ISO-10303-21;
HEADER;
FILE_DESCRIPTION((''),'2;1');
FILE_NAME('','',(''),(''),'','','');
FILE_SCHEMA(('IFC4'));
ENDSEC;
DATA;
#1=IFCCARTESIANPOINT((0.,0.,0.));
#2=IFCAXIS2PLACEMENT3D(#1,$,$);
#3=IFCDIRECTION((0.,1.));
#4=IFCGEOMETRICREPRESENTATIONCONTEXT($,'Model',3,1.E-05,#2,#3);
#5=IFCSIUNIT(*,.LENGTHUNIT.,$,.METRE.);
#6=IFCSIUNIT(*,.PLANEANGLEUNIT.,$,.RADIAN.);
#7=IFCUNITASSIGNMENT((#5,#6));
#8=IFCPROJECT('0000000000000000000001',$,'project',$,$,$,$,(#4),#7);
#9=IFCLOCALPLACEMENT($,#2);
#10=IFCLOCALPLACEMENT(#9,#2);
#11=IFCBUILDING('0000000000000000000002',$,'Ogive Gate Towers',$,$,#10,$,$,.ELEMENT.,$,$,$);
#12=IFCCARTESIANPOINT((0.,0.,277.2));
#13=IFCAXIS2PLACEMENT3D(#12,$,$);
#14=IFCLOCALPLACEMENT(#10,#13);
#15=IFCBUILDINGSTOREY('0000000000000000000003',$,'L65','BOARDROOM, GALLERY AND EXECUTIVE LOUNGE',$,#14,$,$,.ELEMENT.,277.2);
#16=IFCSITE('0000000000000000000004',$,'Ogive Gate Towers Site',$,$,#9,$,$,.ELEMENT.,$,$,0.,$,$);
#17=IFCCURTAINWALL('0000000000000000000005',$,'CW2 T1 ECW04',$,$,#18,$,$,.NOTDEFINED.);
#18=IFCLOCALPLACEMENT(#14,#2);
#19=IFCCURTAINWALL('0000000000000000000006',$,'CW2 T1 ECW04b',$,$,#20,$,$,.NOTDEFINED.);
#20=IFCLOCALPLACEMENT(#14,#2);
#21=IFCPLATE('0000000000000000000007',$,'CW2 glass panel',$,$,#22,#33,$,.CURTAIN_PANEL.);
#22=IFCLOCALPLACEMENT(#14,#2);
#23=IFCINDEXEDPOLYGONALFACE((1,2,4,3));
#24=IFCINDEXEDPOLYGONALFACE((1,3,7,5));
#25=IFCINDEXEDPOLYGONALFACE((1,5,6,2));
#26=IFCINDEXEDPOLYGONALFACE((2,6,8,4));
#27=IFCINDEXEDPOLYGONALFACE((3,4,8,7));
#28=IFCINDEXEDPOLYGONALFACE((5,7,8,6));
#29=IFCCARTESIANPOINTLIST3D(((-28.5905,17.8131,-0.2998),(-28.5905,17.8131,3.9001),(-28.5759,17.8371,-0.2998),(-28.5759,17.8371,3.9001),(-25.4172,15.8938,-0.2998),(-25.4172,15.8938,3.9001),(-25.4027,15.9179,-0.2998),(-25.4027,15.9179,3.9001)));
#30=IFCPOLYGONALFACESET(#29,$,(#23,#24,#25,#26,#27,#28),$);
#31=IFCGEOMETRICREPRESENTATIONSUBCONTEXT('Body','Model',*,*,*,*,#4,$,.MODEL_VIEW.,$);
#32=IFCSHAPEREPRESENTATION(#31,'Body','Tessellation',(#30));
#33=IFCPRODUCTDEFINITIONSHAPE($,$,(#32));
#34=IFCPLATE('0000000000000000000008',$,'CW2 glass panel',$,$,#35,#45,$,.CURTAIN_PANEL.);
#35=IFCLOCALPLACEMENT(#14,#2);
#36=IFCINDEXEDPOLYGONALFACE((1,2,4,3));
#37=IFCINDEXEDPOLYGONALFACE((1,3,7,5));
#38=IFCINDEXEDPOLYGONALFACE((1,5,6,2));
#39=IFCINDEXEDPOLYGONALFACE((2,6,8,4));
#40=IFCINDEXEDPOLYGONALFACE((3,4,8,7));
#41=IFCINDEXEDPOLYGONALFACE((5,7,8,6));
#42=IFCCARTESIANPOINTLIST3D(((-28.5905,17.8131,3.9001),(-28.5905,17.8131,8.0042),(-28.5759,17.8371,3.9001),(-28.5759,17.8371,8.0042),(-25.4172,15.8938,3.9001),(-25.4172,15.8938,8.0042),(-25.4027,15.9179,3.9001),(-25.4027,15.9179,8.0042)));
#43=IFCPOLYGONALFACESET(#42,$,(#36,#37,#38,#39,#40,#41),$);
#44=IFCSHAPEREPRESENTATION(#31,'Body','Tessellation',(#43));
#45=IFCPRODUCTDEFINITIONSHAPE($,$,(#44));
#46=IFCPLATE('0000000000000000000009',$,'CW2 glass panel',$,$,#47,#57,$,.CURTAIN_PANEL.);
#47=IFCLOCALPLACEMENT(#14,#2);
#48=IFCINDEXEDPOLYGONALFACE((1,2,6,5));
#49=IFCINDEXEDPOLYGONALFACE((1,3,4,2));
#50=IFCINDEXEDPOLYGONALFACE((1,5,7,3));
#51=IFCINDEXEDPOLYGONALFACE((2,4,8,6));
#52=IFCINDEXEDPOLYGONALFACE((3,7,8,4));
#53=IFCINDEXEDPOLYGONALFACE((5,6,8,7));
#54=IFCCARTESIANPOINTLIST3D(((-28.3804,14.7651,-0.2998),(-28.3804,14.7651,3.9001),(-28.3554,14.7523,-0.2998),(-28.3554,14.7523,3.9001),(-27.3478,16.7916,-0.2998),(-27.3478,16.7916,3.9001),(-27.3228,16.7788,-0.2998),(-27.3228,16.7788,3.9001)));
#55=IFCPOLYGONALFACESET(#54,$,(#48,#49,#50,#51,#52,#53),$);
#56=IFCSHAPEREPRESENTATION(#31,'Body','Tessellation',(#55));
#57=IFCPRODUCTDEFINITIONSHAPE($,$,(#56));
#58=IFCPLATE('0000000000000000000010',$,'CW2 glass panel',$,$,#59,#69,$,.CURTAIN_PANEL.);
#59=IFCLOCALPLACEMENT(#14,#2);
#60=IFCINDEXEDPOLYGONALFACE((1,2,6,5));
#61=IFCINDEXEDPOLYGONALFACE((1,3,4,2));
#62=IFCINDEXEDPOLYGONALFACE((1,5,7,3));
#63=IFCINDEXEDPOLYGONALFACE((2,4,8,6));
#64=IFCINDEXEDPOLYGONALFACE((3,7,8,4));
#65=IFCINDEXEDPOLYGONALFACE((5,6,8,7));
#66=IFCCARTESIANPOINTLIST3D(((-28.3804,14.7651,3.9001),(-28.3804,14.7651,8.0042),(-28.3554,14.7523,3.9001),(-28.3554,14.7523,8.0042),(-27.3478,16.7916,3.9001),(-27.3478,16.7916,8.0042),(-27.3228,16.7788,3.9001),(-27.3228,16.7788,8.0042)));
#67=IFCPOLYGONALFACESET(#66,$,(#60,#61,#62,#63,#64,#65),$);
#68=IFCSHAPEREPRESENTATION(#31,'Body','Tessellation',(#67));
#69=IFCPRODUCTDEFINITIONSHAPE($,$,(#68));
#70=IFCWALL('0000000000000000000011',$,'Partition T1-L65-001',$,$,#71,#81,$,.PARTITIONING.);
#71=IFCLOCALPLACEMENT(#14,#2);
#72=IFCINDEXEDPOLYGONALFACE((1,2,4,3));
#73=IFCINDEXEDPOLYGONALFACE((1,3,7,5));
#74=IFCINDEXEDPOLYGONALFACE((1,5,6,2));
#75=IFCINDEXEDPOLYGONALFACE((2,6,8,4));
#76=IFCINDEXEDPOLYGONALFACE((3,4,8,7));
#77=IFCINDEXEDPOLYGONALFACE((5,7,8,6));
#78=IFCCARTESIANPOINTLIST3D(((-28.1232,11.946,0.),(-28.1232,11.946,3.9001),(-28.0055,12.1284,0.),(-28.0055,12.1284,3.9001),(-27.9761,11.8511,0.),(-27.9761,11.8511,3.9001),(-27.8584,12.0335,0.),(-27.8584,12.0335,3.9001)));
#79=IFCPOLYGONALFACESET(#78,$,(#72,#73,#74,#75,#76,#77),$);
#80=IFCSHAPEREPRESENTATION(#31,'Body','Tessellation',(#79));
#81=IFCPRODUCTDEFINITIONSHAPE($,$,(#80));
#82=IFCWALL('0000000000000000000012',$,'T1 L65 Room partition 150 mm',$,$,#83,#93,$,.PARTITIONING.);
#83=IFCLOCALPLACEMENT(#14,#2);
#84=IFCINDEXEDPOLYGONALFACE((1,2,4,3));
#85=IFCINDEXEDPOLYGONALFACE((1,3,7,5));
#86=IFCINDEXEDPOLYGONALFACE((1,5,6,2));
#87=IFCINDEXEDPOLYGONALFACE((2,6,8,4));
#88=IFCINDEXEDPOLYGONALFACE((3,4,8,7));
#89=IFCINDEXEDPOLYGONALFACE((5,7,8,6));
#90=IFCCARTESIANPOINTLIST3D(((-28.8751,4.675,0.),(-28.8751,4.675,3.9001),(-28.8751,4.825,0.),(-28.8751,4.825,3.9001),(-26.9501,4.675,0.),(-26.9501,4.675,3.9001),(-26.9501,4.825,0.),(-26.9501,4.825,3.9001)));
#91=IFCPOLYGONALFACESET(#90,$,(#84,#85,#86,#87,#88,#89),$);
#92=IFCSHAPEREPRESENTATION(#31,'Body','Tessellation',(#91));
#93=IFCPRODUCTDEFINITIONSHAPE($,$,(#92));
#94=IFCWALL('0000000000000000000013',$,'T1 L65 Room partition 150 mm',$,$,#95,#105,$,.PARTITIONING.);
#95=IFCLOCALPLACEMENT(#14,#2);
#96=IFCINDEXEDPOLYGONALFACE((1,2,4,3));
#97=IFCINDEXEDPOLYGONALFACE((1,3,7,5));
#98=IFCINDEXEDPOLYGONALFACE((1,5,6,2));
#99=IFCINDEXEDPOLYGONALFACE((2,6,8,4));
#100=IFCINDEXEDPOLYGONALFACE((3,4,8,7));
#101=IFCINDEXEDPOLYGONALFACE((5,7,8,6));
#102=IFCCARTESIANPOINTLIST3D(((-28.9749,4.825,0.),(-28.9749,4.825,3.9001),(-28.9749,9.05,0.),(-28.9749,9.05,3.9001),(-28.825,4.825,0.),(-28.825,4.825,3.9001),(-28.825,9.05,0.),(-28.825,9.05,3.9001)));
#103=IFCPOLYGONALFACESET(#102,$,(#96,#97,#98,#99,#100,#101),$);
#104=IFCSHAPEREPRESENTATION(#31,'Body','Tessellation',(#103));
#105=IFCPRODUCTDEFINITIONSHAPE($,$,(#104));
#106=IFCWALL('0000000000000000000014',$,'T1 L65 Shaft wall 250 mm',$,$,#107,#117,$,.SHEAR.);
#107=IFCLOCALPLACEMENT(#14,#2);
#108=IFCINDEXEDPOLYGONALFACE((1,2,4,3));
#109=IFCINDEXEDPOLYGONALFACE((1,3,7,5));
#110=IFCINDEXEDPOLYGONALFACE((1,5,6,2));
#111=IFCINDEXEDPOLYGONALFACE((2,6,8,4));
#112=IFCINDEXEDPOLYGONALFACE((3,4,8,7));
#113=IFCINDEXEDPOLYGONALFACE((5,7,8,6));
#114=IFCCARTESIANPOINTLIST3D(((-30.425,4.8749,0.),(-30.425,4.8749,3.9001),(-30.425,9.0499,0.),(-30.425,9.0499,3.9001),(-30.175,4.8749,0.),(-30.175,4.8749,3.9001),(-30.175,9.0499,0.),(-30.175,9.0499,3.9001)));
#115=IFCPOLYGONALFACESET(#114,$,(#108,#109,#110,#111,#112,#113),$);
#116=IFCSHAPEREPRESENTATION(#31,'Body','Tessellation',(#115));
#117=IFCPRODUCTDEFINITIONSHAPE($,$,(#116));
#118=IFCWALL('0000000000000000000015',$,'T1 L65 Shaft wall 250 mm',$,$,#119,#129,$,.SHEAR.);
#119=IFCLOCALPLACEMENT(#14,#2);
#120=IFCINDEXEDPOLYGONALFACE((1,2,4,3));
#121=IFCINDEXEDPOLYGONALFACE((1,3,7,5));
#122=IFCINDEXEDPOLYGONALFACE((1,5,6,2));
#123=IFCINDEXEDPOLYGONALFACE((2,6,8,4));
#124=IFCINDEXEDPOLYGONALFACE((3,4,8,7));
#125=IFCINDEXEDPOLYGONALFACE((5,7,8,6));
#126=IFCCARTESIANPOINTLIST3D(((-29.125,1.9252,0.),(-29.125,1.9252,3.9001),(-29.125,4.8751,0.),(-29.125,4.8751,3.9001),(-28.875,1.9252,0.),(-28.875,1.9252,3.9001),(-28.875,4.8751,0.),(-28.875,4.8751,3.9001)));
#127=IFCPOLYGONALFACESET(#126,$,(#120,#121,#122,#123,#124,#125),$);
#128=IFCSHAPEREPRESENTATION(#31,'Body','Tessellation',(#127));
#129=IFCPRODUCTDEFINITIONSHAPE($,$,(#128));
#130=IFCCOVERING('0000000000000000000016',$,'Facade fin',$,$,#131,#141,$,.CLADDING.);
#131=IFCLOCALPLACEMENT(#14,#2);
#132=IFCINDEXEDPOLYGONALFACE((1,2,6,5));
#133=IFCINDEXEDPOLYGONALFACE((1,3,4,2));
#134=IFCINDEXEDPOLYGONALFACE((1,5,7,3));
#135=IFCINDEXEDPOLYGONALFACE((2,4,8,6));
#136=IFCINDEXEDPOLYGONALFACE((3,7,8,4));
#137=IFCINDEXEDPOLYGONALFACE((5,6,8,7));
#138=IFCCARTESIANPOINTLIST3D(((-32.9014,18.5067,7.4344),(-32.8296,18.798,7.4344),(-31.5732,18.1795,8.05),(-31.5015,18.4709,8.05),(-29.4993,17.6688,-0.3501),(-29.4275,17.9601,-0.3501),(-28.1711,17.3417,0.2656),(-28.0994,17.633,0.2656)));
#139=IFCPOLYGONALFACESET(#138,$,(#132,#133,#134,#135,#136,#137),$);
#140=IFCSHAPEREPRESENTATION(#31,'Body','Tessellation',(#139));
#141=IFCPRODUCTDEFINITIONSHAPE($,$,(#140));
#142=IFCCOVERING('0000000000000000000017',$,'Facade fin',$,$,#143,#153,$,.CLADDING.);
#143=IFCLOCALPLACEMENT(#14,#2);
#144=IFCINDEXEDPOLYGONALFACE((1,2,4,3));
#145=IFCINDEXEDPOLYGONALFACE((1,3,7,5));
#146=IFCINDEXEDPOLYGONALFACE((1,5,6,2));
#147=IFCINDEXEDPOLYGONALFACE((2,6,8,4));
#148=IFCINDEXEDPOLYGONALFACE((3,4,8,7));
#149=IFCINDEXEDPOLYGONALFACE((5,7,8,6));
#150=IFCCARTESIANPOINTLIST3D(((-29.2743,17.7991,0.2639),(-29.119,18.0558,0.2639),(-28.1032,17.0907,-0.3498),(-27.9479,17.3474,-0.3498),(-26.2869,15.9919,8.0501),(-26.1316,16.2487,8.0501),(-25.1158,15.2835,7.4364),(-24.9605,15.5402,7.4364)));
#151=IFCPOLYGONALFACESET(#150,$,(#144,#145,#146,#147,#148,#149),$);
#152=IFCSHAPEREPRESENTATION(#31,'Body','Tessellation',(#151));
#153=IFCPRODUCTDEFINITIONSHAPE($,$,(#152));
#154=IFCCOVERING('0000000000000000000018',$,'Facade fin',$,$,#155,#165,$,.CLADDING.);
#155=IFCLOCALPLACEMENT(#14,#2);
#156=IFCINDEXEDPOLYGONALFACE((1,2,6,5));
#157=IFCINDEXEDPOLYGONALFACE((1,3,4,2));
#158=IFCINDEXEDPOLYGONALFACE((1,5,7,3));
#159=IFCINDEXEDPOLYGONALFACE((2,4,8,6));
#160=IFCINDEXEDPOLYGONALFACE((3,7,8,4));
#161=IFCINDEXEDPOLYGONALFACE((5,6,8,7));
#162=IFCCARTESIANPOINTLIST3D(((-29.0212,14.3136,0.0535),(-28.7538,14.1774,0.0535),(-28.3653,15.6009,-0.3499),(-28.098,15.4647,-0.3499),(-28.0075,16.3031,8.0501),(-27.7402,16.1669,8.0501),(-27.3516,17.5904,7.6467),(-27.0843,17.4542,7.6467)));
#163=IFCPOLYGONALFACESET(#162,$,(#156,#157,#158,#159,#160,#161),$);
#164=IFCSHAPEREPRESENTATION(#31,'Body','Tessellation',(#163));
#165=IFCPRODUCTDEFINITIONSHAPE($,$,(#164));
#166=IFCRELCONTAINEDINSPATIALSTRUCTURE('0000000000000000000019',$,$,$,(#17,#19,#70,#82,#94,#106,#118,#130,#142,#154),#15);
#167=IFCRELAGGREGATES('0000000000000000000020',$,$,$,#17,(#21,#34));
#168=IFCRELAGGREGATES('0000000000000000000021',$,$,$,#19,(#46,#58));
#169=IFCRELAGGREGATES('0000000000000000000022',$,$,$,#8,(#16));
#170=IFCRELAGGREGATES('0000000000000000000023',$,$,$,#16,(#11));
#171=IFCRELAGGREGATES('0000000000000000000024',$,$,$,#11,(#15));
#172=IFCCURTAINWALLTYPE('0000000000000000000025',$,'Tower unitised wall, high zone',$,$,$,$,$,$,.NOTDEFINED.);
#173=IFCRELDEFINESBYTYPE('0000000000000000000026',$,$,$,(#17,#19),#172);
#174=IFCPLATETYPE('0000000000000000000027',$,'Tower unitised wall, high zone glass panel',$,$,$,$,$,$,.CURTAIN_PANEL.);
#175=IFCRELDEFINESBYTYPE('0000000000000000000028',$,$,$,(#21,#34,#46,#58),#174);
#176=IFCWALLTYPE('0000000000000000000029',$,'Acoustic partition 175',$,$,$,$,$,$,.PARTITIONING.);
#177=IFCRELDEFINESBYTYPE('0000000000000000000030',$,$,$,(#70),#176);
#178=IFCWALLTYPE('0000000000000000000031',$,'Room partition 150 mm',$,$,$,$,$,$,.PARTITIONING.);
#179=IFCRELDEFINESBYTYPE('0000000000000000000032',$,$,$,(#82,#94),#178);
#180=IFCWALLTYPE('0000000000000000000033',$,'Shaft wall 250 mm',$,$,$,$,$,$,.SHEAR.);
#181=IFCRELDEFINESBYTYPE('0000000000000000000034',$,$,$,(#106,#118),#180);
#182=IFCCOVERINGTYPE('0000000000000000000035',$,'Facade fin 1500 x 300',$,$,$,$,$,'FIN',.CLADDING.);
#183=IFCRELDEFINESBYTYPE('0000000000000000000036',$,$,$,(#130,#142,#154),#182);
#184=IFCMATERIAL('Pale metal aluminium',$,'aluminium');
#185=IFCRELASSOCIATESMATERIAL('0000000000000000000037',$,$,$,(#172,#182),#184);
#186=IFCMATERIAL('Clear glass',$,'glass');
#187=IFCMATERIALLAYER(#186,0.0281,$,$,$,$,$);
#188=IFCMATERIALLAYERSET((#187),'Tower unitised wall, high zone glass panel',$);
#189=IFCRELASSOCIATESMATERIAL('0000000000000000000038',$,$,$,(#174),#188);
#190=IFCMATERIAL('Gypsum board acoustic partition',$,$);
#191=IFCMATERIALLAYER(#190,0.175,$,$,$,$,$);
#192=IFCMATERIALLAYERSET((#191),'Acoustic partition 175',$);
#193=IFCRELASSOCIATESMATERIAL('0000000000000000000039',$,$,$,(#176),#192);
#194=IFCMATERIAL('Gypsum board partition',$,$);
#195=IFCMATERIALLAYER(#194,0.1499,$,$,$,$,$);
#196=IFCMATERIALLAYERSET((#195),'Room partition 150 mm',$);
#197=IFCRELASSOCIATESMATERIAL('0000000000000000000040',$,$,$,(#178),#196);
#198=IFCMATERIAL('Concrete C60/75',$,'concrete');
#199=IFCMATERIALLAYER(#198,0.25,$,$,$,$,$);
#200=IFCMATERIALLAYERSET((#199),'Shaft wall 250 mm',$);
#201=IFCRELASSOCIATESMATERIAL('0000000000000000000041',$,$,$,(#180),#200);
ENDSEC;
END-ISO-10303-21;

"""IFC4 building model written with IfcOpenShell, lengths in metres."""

from ifc_helpers import new_model, si_unit, direction, frame, frame_2d, origin, origin_2d, place, context, subcontext, project, spatial, rectangle, extrude, material, layer, layer_set, material_profile, profile_set, type_object, element, aggregate, save


model = new_model("IFC4")

# Units and contexts
model_context = context("Model", 3, precision=1e-05, world=origin(), true_north=direction((0.0, 1.0)))
body_context = subcontext(model_context, "Body", "Model", "MODEL_VIEW")
ifc_project = project(units=[si_unit("LENGTHUNIT", "METRE"), si_unit("PLANEANGLEUNIT", "RADIAN")], contexts=[model_context])

# Site, building, storey
site_placement = place(None, origin())
site = spatial("IfcSite", under=ifc_project, at=site_placement, Name="Ogive Gate Towers Site", CompositionType="ELEMENT", RefElevation=0.0)
building_placement = place(site_placement, origin())
building = spatial("IfcBuilding", under=site, at=building_placement, Name="Ogive Gate Towers", CompositionType="ELEMENT")
storey_placement = place(building_placement, frame((0.0, 0.0, 277.2)))
storey = spatial("IfcBuildingStorey", under=building, at=storey_placement, Name="L65", Description="BOARDROOM, GALLERY AND EXECUTIVE LOUNGE", CompositionType="ELEMENT", Elevation=277.2)

# Curtain wall
ifc_material_1 = material(Name="Pale metal aluminium", Category="aluminium")
curtain_wall_type_1 = type_object("IfcCurtainWallType", Name="Tower unitised wall, high zone", PredefinedType="NOTDEFINED", material=ifc_material_1)
curtain_wall_1_placement = place(storey_placement, origin())
curtain_wall_1 = element("IfcCurtainWall", 1, at=curtain_wall_1_placement, inside=storey, type_object=curtain_wall_type_1, Name="CW2 T1 ECW04", PredefinedType="NOTDEFINED")

# Curtain wall
curtain_wall_2_placement = place(storey_placement, origin())
curtain_wall_2 = element("IfcCurtainWall", 2, at=curtain_wall_2_placement, inside=storey, type_object=curtain_wall_type_1, Name="CW2 T1 ECW04b", PredefinedType="NOTDEFINED")

# Plates
ifc_material_2 = material(Name="Clear glass", Category="glass")
ifc_layer_1 = layer(ifc_material_2, 0.0281)
ifc_layer_set_1 = layer_set([ifc_layer_1], Name="Tower unitised wall, high zone glass panel")
plate_type_1 = type_object("IfcPlateType", Name="Tower unitised wall, high zone glass panel", PredefinedType="CURTAIN_PANEL", material=ifc_layer_set_1)
plate_1_placement = place(storey_placement, frame((-26.9966, 16.8655, -0.2998), z_axis=(0.0, 0.0, 1.0), x_axis=(0.855662, -0.517534, 0.0)))
plate_1 = element("IfcPlate", 3, at=plate_1_placement, type_object=plate_type_1, Name="CW2 glass panel", PredefinedType="CURTAIN_PANEL", context=body_context, shape_type="SweptSolid", body=[
    extrude(rectangle(XDim=3.7085, YDim=0.0281, at=origin_2d()), origin(), (0.0, 0.0, 1.0), 4.2),
])
plate_2_placement = place(storey_placement, frame((-26.9966, 16.8655, 3.9001), z_axis=(0.0, 0.0, 1.0), x_axis=(0.855662, -0.517534, 0.0)))
plate_2 = element("IfcPlate", 4, at=plate_2_placement, type_object=plate_type_1, Name="CW2 glass panel", PredefinedType="CURTAIN_PANEL", context=body_context, shape_type="SweptSolid", body=[
    extrude(rectangle(XDim=3.7085, YDim=0.0281, at=origin_2d()), origin(), (0.0, 0.0, 1.0), 4.104),
])
aggregate(curtain_wall_1, [plate_1, plate_2])
plate_3_placement = place(storey_placement, frame((-27.8516, 15.772, -0.2998), z_axis=(0.0, 0.0, 1.0), x_axis=(-0.454006, -0.890999, 0.0)))
plate_3 = element("IfcPlate", 5, at=plate_3_placement, type_object=plate_type_1, Name="CW2 glass panel", PredefinedType="CURTAIN_PANEL", context=body_context, shape_type="SweptSolid", body=[
    extrude(rectangle(XDim=2.2744, YDim=0.0281, at=origin_2d()), origin(), (0.0, 0.0, 1.0), 4.2),
])
plate_4_placement = place(storey_placement, frame((-27.8516, 15.772, 3.9001), z_axis=(0.0, 0.0, 1.0), x_axis=(-0.454006, -0.890999, 0.0)))
plate_4 = element("IfcPlate", 6, at=plate_4_placement, type_object=plate_type_1, Name="CW2 glass panel", PredefinedType="CURTAIN_PANEL", context=body_context, shape_type="SweptSolid", body=[
    extrude(rectangle(XDim=2.2744, YDim=0.0281, at=origin_2d()), origin(), (0.0, 0.0, 1.0), 4.104),
])
aggregate(curtain_wall_2, [plate_3, plate_4])

# Walls
ifc_material_3 = material(Name="Gypsum board acoustic partition")
ifc_layer_2 = layer(ifc_material_3, 0.175)
ifc_layer_set_2 = layer_set([ifc_layer_2], Name="Acoustic partition 175")
wall_type_1 = type_object("IfcWallType", Name="Acoustic partition 175", PredefinedType="PARTITIONING", material=ifc_layer_set_2)
wall_1_placement = place(storey_placement, frame((-28.0496, 11.8987, 0.0), z_axis=(0.0, 0.0, 1.0), x_axis=(0.542178, 0.840264, 0.0)))
element("IfcWall", 7, at=wall_1_placement, inside=storey, type_object=wall_type_1, Name="Partition T1-L65-001", PredefinedType="PARTITIONING", context=body_context, shape_type="SweptSolid", body=[
    extrude(rectangle(XDim=0.217, YDim=0.175, at=frame_2d((0.1084, 0.0))), origin(), (0.0, 0.0, 1.0), 3.9001),
])
ifc_material_4 = material(Name="Gypsum board partition")
ifc_layer_3 = layer(ifc_material_4, 0.1499)
ifc_layer_set_3 = layer_set([ifc_layer_3], Name="Room partition 150 mm")
wall_type_2 = type_object("IfcWallType", Name="Room partition 150 mm", PredefinedType="PARTITIONING", material=ifc_layer_set_3)
wall_2_placement = place(storey_placement, frame((-28.875, 4.75, 0.0), z_axis=(0.0, 0.0, 1.0), x_axis=(1.0, 0.0, 0.0)))
element("IfcWall", 8, at=wall_2_placement, inside=storey, type_object=wall_type_2, Name="T1 L65 Room partition 150 mm", PredefinedType="PARTITIONING", context=body_context, shape_type="SweptSolid", body=[
    extrude(rectangle(XDim=1.925, YDim=0.1499, at=frame_2d((0.9624, 0.0))), origin(), (0.0, 0.0, 1.0), 3.9001),
])
wall_3_placement = place(storey_placement, frame((-28.8999, 4.825, 0.0), z_axis=(0.0, 0.0, 1.0), x_axis=(0.0, 1.0, 0.0)))
element("IfcWall", 9, at=wall_3_placement, inside=storey, type_object=wall_type_2, Name="T1 L65 Room partition 150 mm", PredefinedType="PARTITIONING", context=body_context, shape_type="SweptSolid", body=[
    extrude(rectangle(XDim=4.2251, YDim=0.1499, at=frame_2d((2.1125, 0.0))), origin(), (0.0, 0.0, 1.0), 3.9001),
])
ifc_material_5 = material(Name="Concrete C60/75", Category="concrete")
ifc_layer_4 = layer(ifc_material_5, 0.25)
ifc_layer_set_4 = layer_set([ifc_layer_4], Name="Shaft wall 250 mm")
wall_type_3 = type_object("IfcWallType", Name="Shaft wall 250 mm", PredefinedType="SHEAR", material=ifc_layer_set_4)
wall_4_placement = place(storey_placement, frame((-30.3, 4.875, 0.0), z_axis=(0.0, 0.0, 1.0), x_axis=(0.0, 1.0, 0.0)))
element("IfcWall", 10, at=wall_4_placement, inside=storey, type_object=wall_type_3, Name="T1 L65 Shaft wall 250 mm", PredefinedType="SHEAR", context=body_context, shape_type="SweptSolid", body=[
    extrude(rectangle(XDim=4.175, YDim=0.25, at=frame_2d((2.0874, 0.0))), origin(), (0.0, 0.0, 1.0), 3.9001),
])
wall_5_placement = place(storey_placement, frame((-29.0, 1.925, 0.0), z_axis=(0.0, 0.0, 1.0), x_axis=(0.0, 1.0, 0.0)))
element("IfcWall", 11, at=wall_5_placement, inside=storey, type_object=wall_type_3, Name="T1 L65 Shaft wall 250 mm", PredefinedType="SHEAR", context=body_context, shape_type="SweptSolid", body=[
    extrude(rectangle(XDim=2.95, YDim=0.25, at=frame_2d((1.4751, 0.0))), origin(), (0.0, 0.0, 1.0), 3.9001),
])

# Coverings
ifc_material_profile_1 = material_profile(ifc_material_1, rectangle(XDim=0.3, YDim=1.5, at=origin_2d()), Name="1500 x 300 pale metal aluminium")
ifc_profile_set_1 = profile_set([ifc_material_profile_1], Name="Pale metal aluminium")
covering_type = type_object("IfcCoveringType", Name="Facade fin 1500 x 300", ElementType="FIN", PredefinedType="CLADDING", material=ifc_profile_set_1)
covering_1_placement = place(storey_placement, frame((-28.7993, 17.6509, -0.0422), z_axis=(-0.398531, 0.098153, 0.911888), x_axis=(-0.23914, -0.970985, 0.0)))
element("IfcCovering", 12, at=covering_1_placement, inside=storey, type_object=covering_type, Name="Facade fin", PredefinedType="CLADDING", context=body_context, shape_type="SweptSolid", body=[
    extrude(rectangle(XDim=0.3, YDim=1.5, at=origin_2d()), origin(), (0.0, 0.0, 1.0), 8.5366),
])
covering_2_placement = place(storey_placement, frame((-28.6111, 17.5732, -0.043), z_axis=(0.350085, -0.211779, 0.912464), x_axis=(0.517598, 0.855624, 0.0)))
element("IfcCovering", 13, at=covering_2_placement, inside=storey, type_object=covering_type, Name="Facade fin", PredefinedType="CLADDING", context=body_context, shape_type="SweptSolid", body=[
    extrude(rectangle(XDim=0.3, YDim=1.5, at=origin_2d()), origin(), (0.0, 0.0, 1.0), 8.5332),
])
covering_3_placement = place(storey_placement, frame((-28.5596, 14.8892, -0.1482), z_axis=(0.122093, 0.239628, 0.963157), x_axis=(-0.891012, 0.45398, 0.0)))
element("IfcCovering", 14, at=covering_3_placement, inside=storey, type_object=covering_type, Name="Facade fin", PredefinedType="CLADDING", context=body_context, shape_type="SweptSolid", body=[
    extrude(rectangle(XDim=0.3, YDim=1.5, at=origin_2d()), origin(), (0.0, 0.0, 1.0), 8.3025),
])

save(model, "model.ifc")
